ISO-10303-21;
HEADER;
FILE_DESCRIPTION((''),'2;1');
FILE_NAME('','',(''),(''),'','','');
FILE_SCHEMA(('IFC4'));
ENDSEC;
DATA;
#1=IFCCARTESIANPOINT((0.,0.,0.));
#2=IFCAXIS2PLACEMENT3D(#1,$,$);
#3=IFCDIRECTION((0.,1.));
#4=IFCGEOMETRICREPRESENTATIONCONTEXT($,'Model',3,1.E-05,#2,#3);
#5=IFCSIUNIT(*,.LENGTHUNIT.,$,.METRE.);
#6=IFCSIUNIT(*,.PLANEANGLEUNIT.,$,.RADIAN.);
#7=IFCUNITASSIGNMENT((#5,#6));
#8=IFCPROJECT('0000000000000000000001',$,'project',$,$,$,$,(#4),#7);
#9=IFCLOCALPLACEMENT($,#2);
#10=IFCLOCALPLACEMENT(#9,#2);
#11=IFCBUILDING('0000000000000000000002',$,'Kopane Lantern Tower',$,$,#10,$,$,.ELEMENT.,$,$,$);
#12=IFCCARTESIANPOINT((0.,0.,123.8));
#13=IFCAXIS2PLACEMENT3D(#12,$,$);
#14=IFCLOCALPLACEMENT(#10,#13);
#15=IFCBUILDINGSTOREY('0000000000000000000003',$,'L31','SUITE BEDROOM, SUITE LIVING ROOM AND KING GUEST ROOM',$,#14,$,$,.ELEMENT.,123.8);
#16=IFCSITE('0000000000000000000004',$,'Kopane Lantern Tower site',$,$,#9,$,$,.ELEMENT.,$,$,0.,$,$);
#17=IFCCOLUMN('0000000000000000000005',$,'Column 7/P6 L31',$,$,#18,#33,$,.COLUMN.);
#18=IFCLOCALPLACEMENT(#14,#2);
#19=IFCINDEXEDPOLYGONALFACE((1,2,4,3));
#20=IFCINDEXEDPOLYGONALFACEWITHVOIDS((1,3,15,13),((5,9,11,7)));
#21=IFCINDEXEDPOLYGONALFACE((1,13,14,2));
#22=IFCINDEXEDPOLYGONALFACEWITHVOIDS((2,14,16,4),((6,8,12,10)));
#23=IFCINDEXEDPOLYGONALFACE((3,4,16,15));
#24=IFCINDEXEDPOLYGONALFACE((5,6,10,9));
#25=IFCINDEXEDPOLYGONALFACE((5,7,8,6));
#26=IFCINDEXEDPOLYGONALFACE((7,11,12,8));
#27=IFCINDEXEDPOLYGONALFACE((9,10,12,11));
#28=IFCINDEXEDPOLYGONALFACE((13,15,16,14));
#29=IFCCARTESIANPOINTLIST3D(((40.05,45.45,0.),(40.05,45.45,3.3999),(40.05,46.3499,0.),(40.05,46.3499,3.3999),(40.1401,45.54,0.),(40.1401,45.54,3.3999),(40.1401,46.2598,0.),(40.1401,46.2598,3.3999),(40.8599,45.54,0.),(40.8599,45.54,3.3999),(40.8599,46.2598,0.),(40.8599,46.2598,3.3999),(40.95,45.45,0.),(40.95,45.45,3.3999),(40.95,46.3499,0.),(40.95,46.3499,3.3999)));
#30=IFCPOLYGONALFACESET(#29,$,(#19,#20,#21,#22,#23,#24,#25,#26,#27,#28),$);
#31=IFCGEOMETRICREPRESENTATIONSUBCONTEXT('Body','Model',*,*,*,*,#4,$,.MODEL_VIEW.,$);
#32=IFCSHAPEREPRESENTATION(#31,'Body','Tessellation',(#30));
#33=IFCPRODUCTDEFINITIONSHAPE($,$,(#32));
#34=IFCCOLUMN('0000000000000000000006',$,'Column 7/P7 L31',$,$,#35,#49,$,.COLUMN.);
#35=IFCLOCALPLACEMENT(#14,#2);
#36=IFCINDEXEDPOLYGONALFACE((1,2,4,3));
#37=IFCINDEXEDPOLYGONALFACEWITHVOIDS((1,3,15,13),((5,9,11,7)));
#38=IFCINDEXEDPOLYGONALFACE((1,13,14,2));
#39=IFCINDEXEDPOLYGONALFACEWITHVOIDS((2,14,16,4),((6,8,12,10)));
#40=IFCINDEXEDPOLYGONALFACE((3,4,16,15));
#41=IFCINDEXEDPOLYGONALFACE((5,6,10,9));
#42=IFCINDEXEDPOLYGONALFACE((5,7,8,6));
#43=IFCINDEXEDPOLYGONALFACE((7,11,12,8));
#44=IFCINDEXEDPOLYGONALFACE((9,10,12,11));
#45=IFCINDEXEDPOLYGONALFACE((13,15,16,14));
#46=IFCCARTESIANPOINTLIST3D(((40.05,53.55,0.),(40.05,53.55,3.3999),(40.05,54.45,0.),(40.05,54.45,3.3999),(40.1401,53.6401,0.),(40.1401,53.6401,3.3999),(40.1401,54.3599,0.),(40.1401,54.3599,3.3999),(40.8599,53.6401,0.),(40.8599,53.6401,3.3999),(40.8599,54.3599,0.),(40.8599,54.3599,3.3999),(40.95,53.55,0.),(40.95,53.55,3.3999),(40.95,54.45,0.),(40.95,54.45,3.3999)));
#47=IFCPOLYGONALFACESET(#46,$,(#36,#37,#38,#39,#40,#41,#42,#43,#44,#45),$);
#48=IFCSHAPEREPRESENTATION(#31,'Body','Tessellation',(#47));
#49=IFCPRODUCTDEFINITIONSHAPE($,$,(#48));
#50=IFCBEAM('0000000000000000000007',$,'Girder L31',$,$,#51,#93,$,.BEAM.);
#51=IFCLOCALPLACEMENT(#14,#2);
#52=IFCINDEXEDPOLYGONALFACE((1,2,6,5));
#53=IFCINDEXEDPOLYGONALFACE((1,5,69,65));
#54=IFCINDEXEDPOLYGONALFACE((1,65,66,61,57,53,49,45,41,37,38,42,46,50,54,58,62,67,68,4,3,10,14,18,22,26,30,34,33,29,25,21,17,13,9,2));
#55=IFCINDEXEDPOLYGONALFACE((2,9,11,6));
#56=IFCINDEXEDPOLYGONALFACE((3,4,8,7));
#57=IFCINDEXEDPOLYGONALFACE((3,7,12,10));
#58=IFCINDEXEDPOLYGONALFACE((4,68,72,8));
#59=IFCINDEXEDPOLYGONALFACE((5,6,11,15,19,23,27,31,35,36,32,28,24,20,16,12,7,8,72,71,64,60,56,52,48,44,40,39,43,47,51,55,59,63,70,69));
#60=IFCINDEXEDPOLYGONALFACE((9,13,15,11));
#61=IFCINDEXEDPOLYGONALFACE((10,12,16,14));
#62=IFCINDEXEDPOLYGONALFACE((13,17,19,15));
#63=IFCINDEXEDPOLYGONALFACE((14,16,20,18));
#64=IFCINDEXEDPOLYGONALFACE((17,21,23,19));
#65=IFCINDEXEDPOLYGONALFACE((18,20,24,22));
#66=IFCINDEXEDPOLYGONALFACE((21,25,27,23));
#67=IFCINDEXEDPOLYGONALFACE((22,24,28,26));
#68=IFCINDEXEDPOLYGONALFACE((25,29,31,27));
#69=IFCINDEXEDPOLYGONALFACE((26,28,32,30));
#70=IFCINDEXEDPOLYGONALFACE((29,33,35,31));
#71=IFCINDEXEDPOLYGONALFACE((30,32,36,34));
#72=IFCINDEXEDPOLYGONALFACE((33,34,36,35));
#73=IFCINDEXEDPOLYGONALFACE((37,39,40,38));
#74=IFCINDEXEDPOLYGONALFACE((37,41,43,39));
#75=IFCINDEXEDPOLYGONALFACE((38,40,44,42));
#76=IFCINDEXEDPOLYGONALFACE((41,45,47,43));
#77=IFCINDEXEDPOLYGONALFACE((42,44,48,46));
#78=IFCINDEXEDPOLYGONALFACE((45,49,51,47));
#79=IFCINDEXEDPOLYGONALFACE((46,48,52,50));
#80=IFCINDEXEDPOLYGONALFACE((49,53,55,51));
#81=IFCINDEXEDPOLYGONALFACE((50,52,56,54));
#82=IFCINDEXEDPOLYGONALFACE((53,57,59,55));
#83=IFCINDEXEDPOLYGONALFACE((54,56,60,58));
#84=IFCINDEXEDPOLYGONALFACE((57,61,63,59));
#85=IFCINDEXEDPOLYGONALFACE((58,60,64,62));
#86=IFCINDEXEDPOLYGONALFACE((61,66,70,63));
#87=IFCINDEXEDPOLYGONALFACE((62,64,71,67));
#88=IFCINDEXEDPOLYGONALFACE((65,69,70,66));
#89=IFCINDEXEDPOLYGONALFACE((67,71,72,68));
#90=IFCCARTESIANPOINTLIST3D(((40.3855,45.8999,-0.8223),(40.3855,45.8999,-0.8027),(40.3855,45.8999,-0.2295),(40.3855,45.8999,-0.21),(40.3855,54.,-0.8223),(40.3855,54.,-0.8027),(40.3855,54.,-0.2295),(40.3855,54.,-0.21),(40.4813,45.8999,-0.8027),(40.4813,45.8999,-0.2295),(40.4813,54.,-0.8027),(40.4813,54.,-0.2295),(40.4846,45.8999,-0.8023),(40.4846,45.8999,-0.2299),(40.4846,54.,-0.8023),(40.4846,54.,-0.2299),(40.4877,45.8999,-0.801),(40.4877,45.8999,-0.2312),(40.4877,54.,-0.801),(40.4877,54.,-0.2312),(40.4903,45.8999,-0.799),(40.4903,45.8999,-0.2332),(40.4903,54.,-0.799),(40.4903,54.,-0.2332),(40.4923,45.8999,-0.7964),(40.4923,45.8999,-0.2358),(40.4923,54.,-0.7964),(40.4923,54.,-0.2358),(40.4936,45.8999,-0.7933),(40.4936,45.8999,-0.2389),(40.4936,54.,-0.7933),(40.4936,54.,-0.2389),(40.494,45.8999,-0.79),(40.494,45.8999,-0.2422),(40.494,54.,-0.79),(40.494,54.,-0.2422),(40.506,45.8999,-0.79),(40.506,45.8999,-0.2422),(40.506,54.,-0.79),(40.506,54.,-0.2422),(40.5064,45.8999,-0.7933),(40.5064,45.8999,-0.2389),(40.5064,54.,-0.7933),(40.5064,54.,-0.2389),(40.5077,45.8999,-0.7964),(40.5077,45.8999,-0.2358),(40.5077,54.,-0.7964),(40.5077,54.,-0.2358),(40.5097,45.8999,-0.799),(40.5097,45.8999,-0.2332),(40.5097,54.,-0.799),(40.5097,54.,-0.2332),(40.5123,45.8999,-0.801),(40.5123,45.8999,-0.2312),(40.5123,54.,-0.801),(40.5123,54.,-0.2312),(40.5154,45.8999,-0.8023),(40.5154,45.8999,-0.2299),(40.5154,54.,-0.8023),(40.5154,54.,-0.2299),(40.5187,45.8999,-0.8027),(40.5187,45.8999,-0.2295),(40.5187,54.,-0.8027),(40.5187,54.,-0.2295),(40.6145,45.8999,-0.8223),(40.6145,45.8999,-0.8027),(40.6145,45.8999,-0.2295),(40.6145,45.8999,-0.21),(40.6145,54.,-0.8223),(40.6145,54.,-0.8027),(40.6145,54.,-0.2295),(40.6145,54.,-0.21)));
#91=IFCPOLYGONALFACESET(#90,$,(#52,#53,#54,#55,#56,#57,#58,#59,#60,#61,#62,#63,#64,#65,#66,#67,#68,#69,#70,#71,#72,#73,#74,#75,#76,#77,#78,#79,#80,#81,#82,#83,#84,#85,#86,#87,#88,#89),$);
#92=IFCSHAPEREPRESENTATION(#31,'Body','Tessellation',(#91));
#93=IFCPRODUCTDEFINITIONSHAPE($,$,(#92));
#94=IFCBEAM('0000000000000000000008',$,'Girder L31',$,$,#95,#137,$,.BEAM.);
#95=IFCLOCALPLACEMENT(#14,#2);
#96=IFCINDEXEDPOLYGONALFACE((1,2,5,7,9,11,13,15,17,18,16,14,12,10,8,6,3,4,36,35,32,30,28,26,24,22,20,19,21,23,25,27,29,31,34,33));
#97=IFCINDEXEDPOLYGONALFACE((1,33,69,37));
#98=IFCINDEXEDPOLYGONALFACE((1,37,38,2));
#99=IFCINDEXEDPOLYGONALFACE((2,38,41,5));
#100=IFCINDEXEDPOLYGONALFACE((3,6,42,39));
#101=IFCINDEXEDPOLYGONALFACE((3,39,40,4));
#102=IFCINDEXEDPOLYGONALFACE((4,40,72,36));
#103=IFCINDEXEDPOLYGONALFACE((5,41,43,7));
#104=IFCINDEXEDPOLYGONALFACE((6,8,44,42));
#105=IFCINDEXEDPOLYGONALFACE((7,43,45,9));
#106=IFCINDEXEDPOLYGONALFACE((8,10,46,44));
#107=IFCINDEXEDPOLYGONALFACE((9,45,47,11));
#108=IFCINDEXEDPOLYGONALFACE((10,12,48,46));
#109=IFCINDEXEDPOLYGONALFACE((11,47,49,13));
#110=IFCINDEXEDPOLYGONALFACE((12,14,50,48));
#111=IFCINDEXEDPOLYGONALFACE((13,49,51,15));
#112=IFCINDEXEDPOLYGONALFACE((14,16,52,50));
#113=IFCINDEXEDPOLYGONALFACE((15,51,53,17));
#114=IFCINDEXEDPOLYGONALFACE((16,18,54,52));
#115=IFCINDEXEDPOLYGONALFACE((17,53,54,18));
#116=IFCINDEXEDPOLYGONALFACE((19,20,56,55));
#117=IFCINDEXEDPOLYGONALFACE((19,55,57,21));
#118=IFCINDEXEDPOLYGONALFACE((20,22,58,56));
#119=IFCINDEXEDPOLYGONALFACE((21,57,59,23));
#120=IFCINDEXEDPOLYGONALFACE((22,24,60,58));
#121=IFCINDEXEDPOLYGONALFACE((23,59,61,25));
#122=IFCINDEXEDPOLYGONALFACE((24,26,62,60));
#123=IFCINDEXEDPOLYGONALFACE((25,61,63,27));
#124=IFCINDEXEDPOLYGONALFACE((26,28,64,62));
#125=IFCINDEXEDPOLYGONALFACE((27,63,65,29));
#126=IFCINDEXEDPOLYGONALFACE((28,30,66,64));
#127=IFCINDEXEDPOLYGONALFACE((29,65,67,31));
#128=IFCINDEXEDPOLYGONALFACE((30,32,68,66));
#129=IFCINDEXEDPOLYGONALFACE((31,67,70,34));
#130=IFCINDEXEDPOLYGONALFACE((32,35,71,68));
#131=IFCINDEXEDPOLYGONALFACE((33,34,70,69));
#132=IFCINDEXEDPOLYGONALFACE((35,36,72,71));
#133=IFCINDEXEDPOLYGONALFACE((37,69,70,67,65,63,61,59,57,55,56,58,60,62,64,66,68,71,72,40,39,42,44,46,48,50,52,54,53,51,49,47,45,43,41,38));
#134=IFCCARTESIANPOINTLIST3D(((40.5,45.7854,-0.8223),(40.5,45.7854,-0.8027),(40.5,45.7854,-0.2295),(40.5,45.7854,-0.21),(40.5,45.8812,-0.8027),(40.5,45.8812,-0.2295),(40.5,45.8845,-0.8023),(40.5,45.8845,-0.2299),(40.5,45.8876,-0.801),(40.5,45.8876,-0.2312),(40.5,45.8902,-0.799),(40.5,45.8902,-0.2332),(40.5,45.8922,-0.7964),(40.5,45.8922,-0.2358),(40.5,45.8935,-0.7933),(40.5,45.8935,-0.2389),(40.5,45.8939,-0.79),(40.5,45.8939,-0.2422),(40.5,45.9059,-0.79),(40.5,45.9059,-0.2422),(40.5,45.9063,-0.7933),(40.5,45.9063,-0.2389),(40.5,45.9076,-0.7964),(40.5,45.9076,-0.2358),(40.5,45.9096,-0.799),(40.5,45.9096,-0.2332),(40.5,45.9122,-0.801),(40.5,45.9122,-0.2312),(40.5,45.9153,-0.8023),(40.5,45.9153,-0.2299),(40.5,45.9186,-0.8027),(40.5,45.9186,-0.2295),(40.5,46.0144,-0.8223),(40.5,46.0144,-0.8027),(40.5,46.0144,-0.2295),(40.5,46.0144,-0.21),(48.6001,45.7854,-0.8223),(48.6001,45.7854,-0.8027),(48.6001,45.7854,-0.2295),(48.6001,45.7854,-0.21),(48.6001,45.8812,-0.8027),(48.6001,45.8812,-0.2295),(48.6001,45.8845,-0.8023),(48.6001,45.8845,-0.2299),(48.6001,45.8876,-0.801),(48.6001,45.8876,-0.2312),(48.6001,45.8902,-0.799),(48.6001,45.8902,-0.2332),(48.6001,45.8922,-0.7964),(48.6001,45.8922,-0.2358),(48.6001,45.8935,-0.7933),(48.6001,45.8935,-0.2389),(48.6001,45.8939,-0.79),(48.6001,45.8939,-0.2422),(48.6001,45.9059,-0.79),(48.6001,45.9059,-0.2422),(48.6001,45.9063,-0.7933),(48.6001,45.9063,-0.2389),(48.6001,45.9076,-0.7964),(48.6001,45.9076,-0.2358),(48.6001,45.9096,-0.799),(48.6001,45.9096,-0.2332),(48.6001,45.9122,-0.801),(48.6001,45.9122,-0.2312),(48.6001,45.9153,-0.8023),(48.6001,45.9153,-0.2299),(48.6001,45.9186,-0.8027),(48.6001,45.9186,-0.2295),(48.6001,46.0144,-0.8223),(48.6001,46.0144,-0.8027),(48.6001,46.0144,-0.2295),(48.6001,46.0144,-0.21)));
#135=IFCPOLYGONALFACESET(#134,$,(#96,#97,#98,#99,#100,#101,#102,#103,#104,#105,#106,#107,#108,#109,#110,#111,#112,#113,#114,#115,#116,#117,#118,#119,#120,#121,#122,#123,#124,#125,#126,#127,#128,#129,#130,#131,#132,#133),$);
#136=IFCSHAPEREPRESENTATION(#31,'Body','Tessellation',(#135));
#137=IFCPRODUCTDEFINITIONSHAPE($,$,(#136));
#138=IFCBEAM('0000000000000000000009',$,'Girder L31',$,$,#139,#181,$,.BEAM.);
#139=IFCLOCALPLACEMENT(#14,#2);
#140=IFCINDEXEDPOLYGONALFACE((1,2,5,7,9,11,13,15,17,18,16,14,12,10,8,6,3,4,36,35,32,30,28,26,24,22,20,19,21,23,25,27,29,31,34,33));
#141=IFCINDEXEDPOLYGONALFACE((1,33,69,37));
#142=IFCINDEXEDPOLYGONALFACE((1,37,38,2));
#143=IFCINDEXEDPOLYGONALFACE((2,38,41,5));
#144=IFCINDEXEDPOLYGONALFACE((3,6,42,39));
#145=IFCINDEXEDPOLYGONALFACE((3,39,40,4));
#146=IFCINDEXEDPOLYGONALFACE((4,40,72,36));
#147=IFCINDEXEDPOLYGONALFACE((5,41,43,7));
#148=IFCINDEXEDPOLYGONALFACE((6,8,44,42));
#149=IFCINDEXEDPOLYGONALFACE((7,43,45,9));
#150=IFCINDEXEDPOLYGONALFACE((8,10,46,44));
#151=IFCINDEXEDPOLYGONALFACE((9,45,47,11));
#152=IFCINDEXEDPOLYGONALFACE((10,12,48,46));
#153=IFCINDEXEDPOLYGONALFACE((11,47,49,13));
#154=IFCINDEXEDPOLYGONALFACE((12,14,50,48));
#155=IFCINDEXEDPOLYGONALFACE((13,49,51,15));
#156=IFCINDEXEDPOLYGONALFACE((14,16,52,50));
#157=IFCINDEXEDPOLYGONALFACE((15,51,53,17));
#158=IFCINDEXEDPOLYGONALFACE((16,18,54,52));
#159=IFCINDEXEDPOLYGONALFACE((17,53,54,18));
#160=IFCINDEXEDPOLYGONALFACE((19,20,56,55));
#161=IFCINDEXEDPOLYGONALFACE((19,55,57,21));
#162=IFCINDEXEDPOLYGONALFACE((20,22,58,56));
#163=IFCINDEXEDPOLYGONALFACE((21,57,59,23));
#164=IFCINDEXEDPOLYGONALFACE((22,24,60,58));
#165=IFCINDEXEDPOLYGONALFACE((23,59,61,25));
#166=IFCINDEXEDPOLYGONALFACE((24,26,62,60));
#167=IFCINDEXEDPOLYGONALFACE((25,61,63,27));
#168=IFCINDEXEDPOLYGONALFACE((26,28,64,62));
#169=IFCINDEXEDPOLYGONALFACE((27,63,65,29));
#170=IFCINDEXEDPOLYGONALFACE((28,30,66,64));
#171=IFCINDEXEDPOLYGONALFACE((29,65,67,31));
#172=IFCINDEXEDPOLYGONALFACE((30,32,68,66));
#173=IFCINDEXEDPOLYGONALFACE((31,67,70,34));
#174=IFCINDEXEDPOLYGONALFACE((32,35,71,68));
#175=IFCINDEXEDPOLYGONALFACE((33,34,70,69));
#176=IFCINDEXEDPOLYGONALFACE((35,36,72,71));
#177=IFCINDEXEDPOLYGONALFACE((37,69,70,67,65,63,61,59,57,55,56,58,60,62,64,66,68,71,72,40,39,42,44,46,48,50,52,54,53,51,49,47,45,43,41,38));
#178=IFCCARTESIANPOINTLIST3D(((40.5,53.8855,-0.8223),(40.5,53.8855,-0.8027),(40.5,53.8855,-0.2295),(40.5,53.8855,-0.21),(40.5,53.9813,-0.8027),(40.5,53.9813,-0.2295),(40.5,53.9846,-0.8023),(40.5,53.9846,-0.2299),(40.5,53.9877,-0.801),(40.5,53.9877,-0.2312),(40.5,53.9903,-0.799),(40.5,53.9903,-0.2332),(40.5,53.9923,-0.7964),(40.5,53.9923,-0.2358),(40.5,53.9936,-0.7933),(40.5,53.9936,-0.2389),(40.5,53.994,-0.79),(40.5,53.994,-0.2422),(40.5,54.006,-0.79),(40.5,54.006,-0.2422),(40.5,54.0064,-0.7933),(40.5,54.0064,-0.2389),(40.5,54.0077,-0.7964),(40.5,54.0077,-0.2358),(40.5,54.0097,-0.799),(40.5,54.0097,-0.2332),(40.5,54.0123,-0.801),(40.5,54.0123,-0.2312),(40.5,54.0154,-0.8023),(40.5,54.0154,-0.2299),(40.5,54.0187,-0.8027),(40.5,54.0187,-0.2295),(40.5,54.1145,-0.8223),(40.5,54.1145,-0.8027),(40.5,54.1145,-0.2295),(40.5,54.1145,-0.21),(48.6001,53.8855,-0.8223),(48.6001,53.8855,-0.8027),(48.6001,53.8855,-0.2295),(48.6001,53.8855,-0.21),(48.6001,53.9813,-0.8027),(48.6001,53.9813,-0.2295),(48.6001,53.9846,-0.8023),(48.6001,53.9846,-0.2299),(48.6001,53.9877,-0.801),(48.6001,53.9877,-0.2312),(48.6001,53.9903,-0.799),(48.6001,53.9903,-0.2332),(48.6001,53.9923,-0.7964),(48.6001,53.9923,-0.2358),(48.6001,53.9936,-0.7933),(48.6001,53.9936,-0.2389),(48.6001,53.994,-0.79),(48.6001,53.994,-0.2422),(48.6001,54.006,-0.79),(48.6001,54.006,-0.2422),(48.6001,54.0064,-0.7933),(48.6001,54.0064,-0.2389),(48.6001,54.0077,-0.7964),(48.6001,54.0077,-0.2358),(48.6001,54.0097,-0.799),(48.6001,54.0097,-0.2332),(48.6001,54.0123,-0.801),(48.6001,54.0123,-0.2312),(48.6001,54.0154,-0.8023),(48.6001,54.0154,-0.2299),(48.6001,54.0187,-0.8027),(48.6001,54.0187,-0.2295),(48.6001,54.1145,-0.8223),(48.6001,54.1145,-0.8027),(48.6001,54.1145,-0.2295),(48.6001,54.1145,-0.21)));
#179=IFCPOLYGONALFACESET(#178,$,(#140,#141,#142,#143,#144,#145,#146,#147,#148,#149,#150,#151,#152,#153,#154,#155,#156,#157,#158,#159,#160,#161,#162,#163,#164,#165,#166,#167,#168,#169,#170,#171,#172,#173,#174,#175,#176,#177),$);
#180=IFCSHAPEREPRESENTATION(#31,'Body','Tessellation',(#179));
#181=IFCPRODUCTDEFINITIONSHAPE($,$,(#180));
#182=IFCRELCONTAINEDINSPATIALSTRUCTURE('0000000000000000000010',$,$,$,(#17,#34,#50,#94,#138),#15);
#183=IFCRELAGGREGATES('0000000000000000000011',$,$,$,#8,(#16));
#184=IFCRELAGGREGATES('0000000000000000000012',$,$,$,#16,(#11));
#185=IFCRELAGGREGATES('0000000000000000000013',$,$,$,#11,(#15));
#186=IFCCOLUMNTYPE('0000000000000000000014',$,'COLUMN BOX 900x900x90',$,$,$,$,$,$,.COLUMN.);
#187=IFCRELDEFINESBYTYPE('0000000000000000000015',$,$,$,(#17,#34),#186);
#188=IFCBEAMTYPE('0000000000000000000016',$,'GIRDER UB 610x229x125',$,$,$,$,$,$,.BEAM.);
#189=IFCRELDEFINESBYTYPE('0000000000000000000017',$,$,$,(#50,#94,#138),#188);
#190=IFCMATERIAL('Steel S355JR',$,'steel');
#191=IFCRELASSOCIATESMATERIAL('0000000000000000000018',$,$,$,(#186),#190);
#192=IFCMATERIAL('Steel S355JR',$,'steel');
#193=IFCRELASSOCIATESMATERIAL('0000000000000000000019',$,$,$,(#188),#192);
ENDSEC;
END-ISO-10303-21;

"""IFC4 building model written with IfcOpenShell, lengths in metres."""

from ifc_helpers import new_model, si_unit, direction, frame, origin, origin_2d, place, context, subcontext, project, spatial, hollow_rectangle, i_section, extrude, material, material_profile, profile_set, type_object, element, save


model = new_model("IFC4")

# Units and contexts
model_context = context("Model", 3, precision=1e-05, world=origin(), true_north=direction((0.0, 1.0)))
body_context = subcontext(model_context, "Body", "Model", "MODEL_VIEW")
ifc_project = project(units=[si_unit("LENGTHUNIT", "METRE"), si_unit("PLANEANGLEUNIT", "RADIAN")], contexts=[model_context])

# Site, building, storey
site_placement = place(None, origin())
site = spatial("IfcSite", under=ifc_project, at=site_placement, Name="Kopane Lantern Tower site", CompositionType="ELEMENT", RefElevation=0.0)
building_placement = place(site_placement, origin())
building = spatial("IfcBuilding", under=site, at=building_placement, Name="Kopane Lantern Tower", CompositionType="ELEMENT")
storey_placement = place(building_placement, frame((0.0, 0.0, 123.8)))
storey = spatial("IfcBuildingStorey", under=building, at=storey_placement, Name="L31", Description="SUITE BEDROOM, SUITE LIVING ROOM AND KING GUEST ROOM", CompositionType="ELEMENT", Elevation=123.8)

# Columns
ifc_material_1 = material(Name="Steel S355JR", Category="steel")
ifc_material_profile_1 = material_profile(ifc_material_1, hollow_rectangle(XDim=0.8999, YDim=0.8999, WallThickness=0.0901, at=origin_2d()), Name="BOX 900x900x90")
ifc_profile_set_1 = profile_set([ifc_material_profile_1], Name="Steel S355JR")
column_type = type_object("IfcColumnType", Name="COLUMN BOX 900x900x90", PredefinedType="COLUMN", material=ifc_profile_set_1)
for number, where, z_axis, x_axis, name in (
    (1, (40.5, 45.8999, 0.0), (0.0, 0.0, 1.0), (1.0, 0.0, 0.0), "Column 7/P6 L31"),
    (2, (40.5, 54.0, 0.0), (0.0, 0.0, 1.0), (1.0, 0.0, 0.0), "Column 7/P7 L31"),
):
    element("IfcColumn", number, at=place(storey_placement, frame(where, z_axis=z_axis, x_axis=x_axis)), inside=storey, type_object=column_type, Name=name, PredefinedType="COLUMN", context=body_context, shape_type="SweptSolid", body=[
        extrude(hollow_rectangle(XDim=0.8999, YDim=0.8999, WallThickness=0.0901, at=origin_2d()), origin(), (0.0, 0.0, 1.0), 3.3999),
    ])

# Beams
ifc_material_2 = material(Name="Steel S355JR", Category="steel")
ifc_material_profile_2 = material_profile(ifc_material_2, i_section(OverallWidth=0.229, OverallDepth=0.6123, WebThickness=0.012, FlangeThickness=0.0195, FilletRadius=0.0127, at=origin_2d()), Name="UB 610x229x125")
ifc_profile_set_2 = profile_set([ifc_material_profile_2], Name="Steel S355JR")
beam_type = type_object("IfcBeamType", Name="GIRDER UB 610x229x125", PredefinedType="BEAM", material=ifc_profile_set_2)
for number, where, z_axis, x_axis, name in (
    (3, (40.5, 45.8999, -0.5161), (0.0, 1.0, 0.0), (-1.0, 0.0, 0.0), "Girder L31"),
    (4, (40.5, 45.8999, -0.5161), (1.0, 0.0, 0.0), (0.0, 1.0, 0.0), "Girder L31"),
    (5, (40.5, 54.0, -0.5161), (1.0, 0.0, 0.0), (0.0, 1.0, 0.0), "Girder L31"),
):
    element("IfcBeam", number, at=place(storey_placement, frame(where, z_axis=z_axis, x_axis=x_axis)), inside=storey, type_object=beam_type, Name=name, PredefinedType="BEAM", context=body_context, shape_type="SweptSolid", body=[
        extrude(i_section(OverallWidth=0.229, OverallDepth=0.6123, WebThickness=0.012, FlangeThickness=0.0195, FilletRadius=0.0127, at=origin_2d()), origin(), (0.0, 0.0, 1.0), 8.1001),
    ])

save(model, "model.ifc")
